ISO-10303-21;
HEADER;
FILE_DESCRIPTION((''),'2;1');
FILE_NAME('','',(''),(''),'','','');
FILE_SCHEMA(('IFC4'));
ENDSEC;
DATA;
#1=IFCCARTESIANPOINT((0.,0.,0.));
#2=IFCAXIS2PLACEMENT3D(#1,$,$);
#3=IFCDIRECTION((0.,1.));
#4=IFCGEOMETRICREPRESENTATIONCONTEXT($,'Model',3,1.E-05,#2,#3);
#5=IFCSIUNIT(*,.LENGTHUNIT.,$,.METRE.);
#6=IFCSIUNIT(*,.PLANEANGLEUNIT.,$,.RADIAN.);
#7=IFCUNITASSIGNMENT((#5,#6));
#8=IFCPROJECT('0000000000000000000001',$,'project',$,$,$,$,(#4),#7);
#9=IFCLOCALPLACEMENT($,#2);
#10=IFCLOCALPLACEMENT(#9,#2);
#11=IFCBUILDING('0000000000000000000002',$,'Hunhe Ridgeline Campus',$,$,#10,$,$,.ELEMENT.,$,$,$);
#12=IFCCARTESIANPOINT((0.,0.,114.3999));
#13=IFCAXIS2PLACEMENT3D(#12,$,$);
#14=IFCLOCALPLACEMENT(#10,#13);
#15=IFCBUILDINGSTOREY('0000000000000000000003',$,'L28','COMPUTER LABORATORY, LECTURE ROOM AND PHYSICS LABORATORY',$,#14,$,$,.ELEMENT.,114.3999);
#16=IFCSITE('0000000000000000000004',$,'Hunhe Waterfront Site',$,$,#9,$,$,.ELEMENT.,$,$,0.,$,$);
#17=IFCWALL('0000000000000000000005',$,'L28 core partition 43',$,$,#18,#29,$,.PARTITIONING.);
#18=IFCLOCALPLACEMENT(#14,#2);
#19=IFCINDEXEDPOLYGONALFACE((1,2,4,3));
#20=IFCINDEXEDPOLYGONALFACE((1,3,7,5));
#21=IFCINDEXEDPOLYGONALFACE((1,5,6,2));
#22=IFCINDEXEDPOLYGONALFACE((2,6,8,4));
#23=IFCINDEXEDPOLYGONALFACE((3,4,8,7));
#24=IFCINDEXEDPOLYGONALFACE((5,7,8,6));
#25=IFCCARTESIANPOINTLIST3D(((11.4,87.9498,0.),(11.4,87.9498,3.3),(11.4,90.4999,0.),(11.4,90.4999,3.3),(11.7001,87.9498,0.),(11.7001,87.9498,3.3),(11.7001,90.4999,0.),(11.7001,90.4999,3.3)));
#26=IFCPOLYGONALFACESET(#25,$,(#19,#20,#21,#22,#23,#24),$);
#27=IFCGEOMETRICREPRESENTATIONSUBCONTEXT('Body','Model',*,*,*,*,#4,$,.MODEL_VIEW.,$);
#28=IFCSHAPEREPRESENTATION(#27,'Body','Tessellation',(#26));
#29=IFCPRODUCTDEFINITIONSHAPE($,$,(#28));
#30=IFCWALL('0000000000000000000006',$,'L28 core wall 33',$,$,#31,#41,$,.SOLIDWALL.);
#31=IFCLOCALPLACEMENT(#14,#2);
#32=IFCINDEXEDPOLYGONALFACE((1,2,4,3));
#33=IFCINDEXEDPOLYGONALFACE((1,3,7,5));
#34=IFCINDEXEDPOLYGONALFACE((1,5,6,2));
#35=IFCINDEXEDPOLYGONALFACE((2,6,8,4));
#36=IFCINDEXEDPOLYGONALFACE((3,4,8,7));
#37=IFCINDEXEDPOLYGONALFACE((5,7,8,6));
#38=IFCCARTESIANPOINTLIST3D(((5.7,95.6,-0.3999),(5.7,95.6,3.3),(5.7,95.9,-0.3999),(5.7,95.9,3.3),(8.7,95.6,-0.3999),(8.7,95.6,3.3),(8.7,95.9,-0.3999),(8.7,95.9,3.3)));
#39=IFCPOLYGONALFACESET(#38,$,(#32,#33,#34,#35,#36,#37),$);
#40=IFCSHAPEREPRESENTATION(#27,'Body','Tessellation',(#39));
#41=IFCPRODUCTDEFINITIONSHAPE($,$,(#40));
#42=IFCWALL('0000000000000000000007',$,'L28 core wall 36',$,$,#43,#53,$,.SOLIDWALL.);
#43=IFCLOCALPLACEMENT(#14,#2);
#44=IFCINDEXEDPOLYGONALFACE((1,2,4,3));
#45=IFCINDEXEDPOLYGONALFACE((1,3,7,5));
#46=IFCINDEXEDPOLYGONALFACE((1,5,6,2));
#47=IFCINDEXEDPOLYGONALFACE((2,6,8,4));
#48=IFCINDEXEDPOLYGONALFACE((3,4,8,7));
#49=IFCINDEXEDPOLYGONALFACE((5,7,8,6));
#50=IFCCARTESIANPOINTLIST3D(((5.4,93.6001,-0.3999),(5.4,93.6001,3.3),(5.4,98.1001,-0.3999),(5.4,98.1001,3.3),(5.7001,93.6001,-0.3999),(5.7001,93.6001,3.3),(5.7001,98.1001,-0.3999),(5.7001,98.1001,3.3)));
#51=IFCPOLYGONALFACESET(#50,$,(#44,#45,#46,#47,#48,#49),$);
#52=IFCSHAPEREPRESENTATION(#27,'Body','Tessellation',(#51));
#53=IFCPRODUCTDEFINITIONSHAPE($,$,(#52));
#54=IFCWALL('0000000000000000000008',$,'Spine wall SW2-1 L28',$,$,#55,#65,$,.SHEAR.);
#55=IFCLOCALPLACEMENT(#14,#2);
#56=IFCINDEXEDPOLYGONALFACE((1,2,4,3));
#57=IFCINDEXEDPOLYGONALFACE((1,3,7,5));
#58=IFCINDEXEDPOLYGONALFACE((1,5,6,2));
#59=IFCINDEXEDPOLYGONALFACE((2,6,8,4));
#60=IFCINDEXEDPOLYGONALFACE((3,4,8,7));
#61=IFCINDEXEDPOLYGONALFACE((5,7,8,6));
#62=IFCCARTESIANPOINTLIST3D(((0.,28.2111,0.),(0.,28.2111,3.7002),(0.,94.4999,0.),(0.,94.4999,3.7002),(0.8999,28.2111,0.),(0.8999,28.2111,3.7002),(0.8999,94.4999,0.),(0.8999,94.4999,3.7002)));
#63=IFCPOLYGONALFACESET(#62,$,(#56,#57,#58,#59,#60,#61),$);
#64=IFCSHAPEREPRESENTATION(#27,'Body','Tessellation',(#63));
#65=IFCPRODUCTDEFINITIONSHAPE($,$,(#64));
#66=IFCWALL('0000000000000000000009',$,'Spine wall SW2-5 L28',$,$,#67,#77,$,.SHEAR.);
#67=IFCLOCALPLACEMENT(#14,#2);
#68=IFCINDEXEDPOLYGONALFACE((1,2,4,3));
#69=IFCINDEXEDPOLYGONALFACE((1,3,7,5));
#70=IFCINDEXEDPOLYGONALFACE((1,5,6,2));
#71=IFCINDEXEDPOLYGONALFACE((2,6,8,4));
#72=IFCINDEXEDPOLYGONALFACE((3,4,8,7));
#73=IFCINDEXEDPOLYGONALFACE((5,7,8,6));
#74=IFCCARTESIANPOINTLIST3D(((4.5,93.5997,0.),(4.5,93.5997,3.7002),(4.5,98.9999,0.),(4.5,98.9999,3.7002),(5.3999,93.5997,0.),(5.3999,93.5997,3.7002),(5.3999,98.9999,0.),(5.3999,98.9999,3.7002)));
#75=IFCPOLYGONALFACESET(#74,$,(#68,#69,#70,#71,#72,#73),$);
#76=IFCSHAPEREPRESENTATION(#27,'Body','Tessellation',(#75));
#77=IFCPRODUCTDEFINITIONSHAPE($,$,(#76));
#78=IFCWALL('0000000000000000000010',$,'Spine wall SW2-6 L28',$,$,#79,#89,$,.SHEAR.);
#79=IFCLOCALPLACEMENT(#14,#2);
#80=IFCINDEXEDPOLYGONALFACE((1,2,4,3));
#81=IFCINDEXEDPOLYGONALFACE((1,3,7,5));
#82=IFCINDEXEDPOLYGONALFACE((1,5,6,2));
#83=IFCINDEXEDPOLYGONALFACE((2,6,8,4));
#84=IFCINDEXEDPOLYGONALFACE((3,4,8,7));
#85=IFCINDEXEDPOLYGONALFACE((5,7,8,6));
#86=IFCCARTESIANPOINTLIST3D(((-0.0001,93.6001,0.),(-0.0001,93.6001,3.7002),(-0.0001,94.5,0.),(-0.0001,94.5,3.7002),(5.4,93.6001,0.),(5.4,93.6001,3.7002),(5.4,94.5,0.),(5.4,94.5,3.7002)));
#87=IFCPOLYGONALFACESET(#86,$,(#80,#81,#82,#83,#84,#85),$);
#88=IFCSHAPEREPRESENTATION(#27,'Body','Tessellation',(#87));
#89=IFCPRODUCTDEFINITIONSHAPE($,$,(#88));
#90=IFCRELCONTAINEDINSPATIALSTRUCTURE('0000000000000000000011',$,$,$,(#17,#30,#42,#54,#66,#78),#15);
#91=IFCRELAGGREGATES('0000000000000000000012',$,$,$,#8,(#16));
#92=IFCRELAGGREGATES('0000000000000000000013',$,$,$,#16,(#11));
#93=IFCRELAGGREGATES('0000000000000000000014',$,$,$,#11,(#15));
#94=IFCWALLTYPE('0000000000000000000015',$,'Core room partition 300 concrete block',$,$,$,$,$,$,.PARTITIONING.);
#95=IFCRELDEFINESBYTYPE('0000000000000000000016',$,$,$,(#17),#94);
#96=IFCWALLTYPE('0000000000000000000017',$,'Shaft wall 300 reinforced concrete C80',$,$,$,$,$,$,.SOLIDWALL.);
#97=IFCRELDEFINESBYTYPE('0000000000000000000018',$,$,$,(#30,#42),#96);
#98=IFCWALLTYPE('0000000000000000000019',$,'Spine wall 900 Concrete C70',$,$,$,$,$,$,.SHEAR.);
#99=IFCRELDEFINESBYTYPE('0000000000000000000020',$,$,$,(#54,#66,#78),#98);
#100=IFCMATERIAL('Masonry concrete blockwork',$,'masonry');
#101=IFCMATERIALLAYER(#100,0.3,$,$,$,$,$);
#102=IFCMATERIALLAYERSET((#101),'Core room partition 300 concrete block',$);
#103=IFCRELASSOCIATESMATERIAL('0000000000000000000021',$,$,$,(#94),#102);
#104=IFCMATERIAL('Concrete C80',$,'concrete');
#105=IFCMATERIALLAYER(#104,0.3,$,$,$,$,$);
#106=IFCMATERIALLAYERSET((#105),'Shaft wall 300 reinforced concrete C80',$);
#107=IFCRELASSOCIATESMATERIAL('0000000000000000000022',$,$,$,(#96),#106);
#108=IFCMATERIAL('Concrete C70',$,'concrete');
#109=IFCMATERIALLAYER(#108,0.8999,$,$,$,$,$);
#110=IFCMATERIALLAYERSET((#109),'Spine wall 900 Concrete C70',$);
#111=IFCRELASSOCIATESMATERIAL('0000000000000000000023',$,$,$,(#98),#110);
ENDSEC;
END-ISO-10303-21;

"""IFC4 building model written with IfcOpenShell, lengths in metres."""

from ifc_helpers import new_model, si_unit, direction, frame, frame_2d, origin, place, context, subcontext, project, spatial, rectangle, extrude, material, layer, layer_set, type_object, element, save


model = new_model("IFC4")

# Units and contexts
model_context = context("Model", 3, precision=1e-05, world=origin(), true_north=direction((0.0, 1.0)))
body_context = subcontext(model_context, "Body", "Model", "MODEL_VIEW")
ifc_project = project(units=[si_unit("LENGTHUNIT", "METRE"), si_unit("PLANEANGLEUNIT", "RADIAN")], contexts=[model_context])

# Site, building, storey
site_placement = place(None, origin())
site = spatial("IfcSite", under=ifc_project, at=site_placement, Name="Hunhe Waterfront Site", CompositionType="ELEMENT", RefElevation=0.0)
building_placement = place(site_placement, origin())
building = spatial("IfcBuilding", under=site, at=building_placement, Name="Hunhe Ridgeline Campus", CompositionType="ELEMENT")
storey_placement = place(building_placement, frame((0.0, 0.0, 114.3999)))
storey = spatial("IfcBuildingStorey", under=building, at=storey_placement, Name="L28", Description="COMPUTER LABORATORY, LECTURE ROOM AND PHYSICS LABORATORY", CompositionType="ELEMENT", Elevation=114.3999)

# Wall
ifc_material_1 = material(Name="Masonry concrete blockwork", Category="masonry")
ifc_layer_1 = layer(ifc_material_1, 0.3)
ifc_layer_set_1 = layer_set([ifc_layer_1], Name="Core room partition 300 concrete block")
wall_type_1 = type_object("IfcWallType", Name="Core room partition 300 concrete block", PredefinedType="PARTITIONING", material=ifc_layer_set_1)
wall_1_placement = place(storey_placement, frame((11.55, 87.95, 0.0), z_axis=(0.0, 0.0, 1.0), x_axis=(0.0, 1.0, 0.0)))
element("IfcWall", 1, at=wall_1_placement, inside=storey, type_object=wall_type_1, Name="L28 core partition 43", PredefinedType="PARTITIONING", context=body_context, shape_type="SweptSolid", body=[
    extrude(rectangle(XDim=2.55, YDim=0.3, at=frame_2d((1.2749, 0.0))), origin(), (0.0, 0.0, 1.0), 3.3),
])

# Shared definitions
ifc_material_2 = material(Name="Concrete C80", Category="concrete")
ifc_layer_2 = layer(ifc_material_2, 0.3)
ifc_layer_set_2 = layer_set([ifc_layer_2], Name="Shaft wall 300 reinforced concrete C80")
wall_type_2 = type_object("IfcWallType", Name="Shaft wall 300 reinforced concrete C80", PredefinedType="SOLIDWALL", material=ifc_layer_set_2)

# Walls
wall_2_placement = place(storey_placement, frame((5.7, 95.75, -0.3999), z_axis=(0.0, 0.0, 1.0), x_axis=(1.0, 0.0, 0.0)))
element("IfcWall", 2, at=wall_2_placement, inside=storey, type_object=wall_type_2, Name="L28 core wall 33", PredefinedType="SOLIDWALL", context=body_context, shape_type="SweptSolid", body=[
    extrude(rectangle(XDim=3.0, YDim=0.3, at=frame_2d((1.5, 0.0))), origin(), (0.0, 0.0, 1.0), 3.7),
])
wall_3_placement = place(storey_placement, frame((5.55, 93.6001, -0.3999), z_axis=(0.0, 0.0, 1.0), x_axis=(0.0, 1.0, 0.0)))
element("IfcWall", 3, at=wall_3_placement, inside=storey, type_object=wall_type_2, Name="L28 core wall 36", PredefinedType="SOLIDWALL", context=body_context, shape_type="SweptSolid", body=[
    extrude(rectangle(XDim=4.5, YDim=0.3, at=frame_2d((2.25, 0.0))), origin(), (0.0, 0.0, 1.0), 3.7),
])

# Walls
ifc_material_3 = material(Name="Concrete C70", Category="concrete")
ifc_layer_3 = layer(ifc_material_3, 0.8999)
ifc_layer_set_3 = layer_set([ifc_layer_3], Name="Spine wall 900 Concrete C70")
wall_type_3 = type_object("IfcWallType", Name="Spine wall 900 Concrete C70", PredefinedType="SHEAR", material=ifc_layer_set_3)
wall_4_placement = place(storey_placement, frame((0.45, 94.5, 0.0), z_axis=(0.0, 0.0, 1.0), x_axis=(0.0, -1.0, 0.0)))
element("IfcWall", 4, at=wall_4_placement, inside=storey, type_object=wall_type_3, Name="Spine wall SW2-1 L28", PredefinedType="SHEAR", context=body_context, shape_type="SweptSolid", body=[
    extrude(rectangle(XDim=66.2888, YDim=0.8999, at=frame_2d((33.1445, 0.0))), origin(), (0.0, 0.0, 1.0), 3.7002),
])
for number, where, z_axis, x_axis, name in (
    (5, (4.95, 99.0, 0.0), (0.0, 0.0, 1.0), (0.0, -1.0, 0.0), "Spine wall SW2-5 L28"),
    (6, (5.4001, 94.05, 0.0), (0.0, 0.0, 1.0), (-1.0, 0.0, 0.0), "Spine wall SW2-6 L28"),
):
    element("IfcWall", number, at=place(storey_placement, frame(where, z_axis=z_axis, x_axis=x_axis)), inside=storey, type_object=wall_type_3, Name=name, PredefinedType="SHEAR", context=body_context, shape_type="SweptSolid", body=[
        extrude(rectangle(XDim=5.4001, YDim=0.8999, at=frame_2d((2.7002, 0.0))), origin(), (0.0, 0.0, 1.0), 3.7002),
    ])

save(model, "model.ifc")
